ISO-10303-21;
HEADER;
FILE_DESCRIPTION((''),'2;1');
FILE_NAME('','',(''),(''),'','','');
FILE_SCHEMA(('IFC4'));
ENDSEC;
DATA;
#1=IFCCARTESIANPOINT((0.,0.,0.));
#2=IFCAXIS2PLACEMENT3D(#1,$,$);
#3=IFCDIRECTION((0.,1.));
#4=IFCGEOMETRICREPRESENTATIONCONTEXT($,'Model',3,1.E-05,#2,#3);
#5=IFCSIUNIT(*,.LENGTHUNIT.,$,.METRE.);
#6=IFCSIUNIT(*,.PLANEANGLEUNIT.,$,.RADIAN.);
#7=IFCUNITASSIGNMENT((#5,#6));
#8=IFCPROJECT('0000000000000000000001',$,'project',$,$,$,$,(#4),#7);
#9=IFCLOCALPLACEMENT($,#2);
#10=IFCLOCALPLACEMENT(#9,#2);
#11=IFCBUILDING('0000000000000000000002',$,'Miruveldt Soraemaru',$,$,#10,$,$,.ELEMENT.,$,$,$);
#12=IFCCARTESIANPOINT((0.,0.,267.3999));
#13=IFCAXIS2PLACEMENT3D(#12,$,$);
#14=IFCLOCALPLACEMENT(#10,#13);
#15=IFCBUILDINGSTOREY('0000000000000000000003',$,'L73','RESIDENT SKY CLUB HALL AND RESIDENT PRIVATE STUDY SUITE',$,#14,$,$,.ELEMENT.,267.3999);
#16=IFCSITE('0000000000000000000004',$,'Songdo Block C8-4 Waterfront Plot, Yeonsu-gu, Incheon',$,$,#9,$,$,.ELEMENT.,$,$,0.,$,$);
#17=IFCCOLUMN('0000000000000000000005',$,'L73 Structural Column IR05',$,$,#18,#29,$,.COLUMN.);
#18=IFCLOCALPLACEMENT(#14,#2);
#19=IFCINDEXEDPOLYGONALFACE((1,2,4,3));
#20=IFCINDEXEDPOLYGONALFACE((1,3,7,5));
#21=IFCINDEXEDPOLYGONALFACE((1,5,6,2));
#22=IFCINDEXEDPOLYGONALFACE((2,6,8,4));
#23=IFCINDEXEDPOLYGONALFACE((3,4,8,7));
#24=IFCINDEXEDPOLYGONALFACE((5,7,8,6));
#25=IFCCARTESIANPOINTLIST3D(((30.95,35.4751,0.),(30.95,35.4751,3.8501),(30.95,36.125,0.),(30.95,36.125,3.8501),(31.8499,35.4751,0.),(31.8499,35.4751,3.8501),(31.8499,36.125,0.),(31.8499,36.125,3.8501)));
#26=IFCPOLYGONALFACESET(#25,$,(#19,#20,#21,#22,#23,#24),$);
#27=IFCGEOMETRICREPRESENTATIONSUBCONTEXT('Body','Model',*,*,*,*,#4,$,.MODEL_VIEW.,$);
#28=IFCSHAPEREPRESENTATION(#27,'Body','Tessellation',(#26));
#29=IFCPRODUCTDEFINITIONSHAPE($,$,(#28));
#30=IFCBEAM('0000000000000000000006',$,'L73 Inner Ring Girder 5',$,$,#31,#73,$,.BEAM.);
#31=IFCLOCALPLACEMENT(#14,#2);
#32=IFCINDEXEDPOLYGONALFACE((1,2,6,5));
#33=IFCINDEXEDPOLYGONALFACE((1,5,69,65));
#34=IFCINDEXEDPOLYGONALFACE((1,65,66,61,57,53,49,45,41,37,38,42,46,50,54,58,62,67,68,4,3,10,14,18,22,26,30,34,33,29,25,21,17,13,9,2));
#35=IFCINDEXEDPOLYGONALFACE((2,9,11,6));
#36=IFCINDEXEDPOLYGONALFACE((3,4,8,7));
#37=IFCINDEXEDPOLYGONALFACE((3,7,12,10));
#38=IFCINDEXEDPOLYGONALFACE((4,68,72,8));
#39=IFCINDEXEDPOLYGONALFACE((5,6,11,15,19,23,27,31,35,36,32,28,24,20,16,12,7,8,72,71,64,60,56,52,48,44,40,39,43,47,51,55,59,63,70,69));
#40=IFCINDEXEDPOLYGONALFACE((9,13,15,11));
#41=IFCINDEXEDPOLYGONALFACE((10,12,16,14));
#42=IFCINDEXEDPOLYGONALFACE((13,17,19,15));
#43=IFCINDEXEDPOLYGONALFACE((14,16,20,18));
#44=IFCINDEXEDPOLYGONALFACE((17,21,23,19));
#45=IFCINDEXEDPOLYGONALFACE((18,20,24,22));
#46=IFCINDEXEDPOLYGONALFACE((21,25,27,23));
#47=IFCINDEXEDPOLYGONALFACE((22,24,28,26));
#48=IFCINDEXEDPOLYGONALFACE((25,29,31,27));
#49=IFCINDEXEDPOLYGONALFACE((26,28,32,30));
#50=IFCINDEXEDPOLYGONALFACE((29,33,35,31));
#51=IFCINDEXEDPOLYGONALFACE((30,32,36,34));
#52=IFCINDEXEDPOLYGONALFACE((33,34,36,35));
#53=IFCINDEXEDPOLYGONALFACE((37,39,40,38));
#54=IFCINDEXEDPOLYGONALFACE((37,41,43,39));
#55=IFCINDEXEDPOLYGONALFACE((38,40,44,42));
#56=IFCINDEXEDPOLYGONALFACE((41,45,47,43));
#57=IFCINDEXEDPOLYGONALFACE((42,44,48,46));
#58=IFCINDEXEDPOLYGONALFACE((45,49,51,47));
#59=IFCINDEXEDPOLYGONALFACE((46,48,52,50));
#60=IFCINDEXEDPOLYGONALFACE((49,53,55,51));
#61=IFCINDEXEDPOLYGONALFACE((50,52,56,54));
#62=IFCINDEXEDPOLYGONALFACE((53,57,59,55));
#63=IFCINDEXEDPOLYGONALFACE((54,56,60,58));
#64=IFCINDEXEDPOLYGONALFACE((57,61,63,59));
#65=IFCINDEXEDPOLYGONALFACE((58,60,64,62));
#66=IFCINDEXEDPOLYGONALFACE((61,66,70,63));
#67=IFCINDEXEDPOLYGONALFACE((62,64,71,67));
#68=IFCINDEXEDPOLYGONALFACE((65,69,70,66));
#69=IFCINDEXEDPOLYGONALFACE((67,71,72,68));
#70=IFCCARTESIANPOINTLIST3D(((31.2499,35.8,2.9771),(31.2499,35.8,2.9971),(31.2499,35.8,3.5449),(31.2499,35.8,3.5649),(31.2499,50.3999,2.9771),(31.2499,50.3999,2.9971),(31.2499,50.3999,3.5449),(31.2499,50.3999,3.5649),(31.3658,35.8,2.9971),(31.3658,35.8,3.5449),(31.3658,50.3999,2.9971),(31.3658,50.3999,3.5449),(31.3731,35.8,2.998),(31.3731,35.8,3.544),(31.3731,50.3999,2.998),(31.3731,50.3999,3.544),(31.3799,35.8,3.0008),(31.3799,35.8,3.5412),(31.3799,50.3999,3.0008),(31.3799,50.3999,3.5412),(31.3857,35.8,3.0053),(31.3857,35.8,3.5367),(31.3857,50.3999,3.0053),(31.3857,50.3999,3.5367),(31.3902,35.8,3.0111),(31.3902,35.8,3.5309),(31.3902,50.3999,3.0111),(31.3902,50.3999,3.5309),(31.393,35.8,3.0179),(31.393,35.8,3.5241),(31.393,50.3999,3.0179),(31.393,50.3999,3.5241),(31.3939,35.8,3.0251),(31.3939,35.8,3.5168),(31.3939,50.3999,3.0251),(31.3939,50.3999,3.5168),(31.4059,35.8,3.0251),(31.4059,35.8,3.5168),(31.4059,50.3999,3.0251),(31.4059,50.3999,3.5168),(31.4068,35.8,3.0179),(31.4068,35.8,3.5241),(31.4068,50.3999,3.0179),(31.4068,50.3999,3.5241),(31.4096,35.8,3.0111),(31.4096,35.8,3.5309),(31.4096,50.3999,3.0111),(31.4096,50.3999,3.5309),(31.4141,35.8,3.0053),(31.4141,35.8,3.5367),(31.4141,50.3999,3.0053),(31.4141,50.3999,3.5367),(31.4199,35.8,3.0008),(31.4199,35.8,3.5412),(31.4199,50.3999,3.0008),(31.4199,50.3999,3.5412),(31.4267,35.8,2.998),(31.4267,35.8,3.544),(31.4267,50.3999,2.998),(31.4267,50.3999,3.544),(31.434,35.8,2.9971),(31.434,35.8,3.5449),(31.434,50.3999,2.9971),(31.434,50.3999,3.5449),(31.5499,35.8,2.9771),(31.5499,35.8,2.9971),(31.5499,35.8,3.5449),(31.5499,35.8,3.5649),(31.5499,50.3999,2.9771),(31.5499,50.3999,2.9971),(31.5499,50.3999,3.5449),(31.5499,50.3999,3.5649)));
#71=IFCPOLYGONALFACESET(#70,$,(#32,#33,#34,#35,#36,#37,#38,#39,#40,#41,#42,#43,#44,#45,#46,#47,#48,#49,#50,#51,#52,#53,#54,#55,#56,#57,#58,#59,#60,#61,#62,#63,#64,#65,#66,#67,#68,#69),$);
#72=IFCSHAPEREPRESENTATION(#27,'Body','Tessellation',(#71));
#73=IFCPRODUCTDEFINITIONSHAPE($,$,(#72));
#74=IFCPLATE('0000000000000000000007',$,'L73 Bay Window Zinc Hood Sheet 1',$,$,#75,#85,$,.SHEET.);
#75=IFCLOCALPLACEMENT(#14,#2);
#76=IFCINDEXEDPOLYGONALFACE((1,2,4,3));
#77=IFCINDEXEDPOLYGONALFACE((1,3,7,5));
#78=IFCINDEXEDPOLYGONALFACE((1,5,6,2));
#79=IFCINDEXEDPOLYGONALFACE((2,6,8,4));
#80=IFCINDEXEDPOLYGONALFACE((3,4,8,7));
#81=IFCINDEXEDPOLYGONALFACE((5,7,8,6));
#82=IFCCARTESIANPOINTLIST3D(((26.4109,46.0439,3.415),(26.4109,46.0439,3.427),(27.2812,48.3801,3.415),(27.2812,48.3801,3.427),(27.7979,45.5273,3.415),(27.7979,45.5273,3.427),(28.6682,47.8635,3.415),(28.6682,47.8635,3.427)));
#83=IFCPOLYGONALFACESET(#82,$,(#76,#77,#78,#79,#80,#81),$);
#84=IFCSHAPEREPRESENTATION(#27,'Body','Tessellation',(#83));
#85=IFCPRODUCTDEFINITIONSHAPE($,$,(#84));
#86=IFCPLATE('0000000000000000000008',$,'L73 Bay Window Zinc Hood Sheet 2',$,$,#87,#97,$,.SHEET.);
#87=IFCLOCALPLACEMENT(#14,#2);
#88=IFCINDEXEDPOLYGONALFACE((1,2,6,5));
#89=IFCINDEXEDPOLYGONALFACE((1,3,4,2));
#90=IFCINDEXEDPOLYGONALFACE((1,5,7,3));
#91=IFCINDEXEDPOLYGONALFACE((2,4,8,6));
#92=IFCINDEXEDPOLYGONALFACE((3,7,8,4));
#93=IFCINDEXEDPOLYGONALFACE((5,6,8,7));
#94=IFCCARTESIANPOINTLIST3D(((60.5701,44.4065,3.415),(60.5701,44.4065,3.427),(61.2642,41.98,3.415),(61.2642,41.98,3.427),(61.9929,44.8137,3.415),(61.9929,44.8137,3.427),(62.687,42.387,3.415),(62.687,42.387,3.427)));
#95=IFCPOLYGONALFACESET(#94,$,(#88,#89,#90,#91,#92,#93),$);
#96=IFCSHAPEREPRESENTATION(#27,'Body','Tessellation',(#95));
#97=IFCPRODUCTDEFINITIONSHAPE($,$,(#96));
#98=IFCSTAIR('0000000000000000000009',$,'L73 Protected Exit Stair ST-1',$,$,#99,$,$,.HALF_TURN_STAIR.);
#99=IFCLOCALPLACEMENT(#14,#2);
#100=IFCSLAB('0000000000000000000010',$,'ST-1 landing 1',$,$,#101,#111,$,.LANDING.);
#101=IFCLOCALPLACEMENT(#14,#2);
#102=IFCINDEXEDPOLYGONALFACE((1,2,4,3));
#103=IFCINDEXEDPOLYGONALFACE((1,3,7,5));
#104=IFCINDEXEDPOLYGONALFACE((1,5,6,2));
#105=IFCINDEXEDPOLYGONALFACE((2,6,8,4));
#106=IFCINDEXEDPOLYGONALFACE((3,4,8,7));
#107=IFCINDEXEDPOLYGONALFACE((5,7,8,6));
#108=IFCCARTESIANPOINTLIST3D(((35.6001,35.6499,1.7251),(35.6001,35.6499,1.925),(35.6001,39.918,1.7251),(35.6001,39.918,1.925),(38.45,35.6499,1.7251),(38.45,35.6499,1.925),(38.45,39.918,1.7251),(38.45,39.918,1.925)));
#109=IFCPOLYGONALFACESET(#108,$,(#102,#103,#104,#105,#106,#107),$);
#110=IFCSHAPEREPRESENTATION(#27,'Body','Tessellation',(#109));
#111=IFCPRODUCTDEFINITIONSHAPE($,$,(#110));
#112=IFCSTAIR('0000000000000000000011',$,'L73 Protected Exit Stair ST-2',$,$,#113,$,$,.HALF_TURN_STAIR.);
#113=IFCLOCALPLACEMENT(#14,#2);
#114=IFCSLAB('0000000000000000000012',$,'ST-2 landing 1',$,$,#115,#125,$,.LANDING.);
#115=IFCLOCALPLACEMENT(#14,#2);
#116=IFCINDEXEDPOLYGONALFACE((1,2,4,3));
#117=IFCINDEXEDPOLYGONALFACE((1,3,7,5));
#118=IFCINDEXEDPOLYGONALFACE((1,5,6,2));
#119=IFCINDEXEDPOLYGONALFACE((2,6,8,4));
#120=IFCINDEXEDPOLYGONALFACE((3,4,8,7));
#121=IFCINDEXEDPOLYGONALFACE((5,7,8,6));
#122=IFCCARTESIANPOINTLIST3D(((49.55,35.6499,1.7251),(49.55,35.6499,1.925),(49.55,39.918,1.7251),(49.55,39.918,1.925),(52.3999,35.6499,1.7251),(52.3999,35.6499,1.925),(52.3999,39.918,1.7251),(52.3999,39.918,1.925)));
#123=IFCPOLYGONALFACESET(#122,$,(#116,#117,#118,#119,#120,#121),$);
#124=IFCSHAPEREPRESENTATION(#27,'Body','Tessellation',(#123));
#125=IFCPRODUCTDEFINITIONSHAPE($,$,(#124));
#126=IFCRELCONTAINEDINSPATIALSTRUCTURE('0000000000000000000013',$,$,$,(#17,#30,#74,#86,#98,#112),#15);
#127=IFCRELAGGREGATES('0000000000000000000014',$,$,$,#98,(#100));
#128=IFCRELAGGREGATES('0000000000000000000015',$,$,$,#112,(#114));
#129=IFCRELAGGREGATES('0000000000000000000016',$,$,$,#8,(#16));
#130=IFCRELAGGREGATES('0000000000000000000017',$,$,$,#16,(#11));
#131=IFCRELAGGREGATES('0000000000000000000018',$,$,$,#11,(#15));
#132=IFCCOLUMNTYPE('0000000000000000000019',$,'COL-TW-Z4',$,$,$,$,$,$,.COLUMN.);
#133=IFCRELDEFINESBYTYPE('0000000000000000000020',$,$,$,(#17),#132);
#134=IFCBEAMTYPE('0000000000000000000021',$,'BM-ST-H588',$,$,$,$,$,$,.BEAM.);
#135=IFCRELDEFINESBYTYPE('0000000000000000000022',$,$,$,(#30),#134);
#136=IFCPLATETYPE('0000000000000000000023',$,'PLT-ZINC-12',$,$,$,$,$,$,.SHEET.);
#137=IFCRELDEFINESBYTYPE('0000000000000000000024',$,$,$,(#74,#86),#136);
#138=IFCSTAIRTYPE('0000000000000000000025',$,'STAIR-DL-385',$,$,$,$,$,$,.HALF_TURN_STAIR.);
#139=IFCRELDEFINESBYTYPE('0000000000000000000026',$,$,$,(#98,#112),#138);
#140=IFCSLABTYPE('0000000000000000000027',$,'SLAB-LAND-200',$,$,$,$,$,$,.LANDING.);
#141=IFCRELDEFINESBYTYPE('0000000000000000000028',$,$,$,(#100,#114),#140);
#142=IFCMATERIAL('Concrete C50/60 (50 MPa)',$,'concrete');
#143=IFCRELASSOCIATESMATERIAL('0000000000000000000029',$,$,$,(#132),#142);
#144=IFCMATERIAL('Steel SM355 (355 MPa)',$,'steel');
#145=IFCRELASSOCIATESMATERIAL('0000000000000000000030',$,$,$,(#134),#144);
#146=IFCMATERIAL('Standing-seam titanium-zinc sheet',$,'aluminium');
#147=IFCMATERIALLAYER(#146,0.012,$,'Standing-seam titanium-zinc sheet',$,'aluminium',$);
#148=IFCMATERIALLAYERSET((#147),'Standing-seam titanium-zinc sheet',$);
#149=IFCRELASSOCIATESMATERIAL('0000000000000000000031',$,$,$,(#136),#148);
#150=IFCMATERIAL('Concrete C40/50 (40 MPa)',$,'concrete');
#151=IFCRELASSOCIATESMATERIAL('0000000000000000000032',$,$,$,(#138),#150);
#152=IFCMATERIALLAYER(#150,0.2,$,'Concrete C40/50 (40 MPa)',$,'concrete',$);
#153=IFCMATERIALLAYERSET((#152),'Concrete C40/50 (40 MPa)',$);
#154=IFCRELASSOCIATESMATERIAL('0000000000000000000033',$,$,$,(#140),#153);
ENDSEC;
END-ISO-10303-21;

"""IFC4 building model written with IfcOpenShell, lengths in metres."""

from ifc_helpers import new_model, si_unit, direction, frame, origin, origin_2d, place, context, subcontext, project, spatial, polyline, rectangle, i_section, outline, extrude, material, layer, layer_set, material_profile, profile_set, type_object, element, aggregate, save


model = new_model("IFC4")

# Units and contexts
model_context = context("Model", 3, precision=1e-05, world=origin(), true_north=direction((0.0, 1.0)))
body_context = subcontext(model_context, "Body", "Model", "MODEL_VIEW")
ifc_project = project(units=[si_unit("LENGTHUNIT", "METRE"), si_unit("PLANEANGLEUNIT", "RADIAN")], contexts=[model_context])

# Site, building, storey
site_placement = place(None, origin())
site = spatial("IfcSite", under=ifc_project, at=site_placement, Name="Songdo Block C8-4 Waterfront Plot, Yeonsu-gu, Incheon", CompositionType="ELEMENT", RefElevation=0.0)
building_placement = place(site_placement, origin())
building = spatial("IfcBuilding", under=site, at=building_placement, Name="Miruveldt Soraemaru", CompositionType="ELEMENT")
storey_placement = place(building_placement, frame((0.0, 0.0, 267.3999)))
storey = spatial("IfcBuildingStorey", under=building, at=storey_placement, Name="L73", Description="RESIDENT SKY CLUB HALL AND RESIDENT PRIVATE STUDY SUITE", CompositionType="ELEMENT", Elevation=267.3999)

# Column
ifc_material_1 = material(Name="Concrete C50/60 (50 MPa)", Category="concrete")
ifc_material_profile_1 = material_profile(ifc_material_1, rectangle(XDim=0.8999, YDim=0.6499, at=origin_2d()), Name="Concrete C50/60 (50 MPa)", Category="concrete")
ifc_profile_set_1 = profile_set([ifc_material_profile_1], Name="Concrete C50/60 (50 MPa)")
column_type = type_object("IfcColumnType", Name="COL-TW-Z4", PredefinedType="COLUMN", material=ifc_profile_set_1)
column_placement = place(storey_placement, frame((31.3999, 35.8, 0.0), z_axis=(0.0, 0.0, 1.0), x_axis=(1.0, 0.0, 0.0)))
element("IfcColumn", 1, at=column_placement, inside=storey, type_object=column_type, Name="L73 Structural Column IR05", PredefinedType="COLUMN", context=body_context, shape_type="SweptSolid", body=[
    extrude(rectangle(XDim=0.8999, YDim=0.6499, at=origin_2d()), origin(), (0.0, 0.0, 1.0), 3.8501),
])

# Beam
ifc_material_2 = material(Name="Steel SM355 (355 MPa)", Category="steel")
ifc_material_profile_2 = material_profile(ifc_material_2, i_section(OverallWidth=0.3, OverallDepth=0.5879, WebThickness=0.012, FlangeThickness=0.02, FilletRadius=0.0281, at=origin_2d()), Name="Steel SM355 (355 MPa)", Category="steel")
ifc_profile_set_2 = profile_set([ifc_material_profile_2], Name="Steel SM355 (355 MPa)")
beam_type = type_object("IfcBeamType", Name="BM-ST-H588", PredefinedType="BEAM", material=ifc_profile_set_2)
beam_placement = place(storey_placement, frame((31.3999, 35.8, 3.271), z_axis=(0.0, 1.0, 0.0), x_axis=(-1.0, 0.0, 0.0)))
element("IfcBeam", 2, at=beam_placement, inside=storey, type_object=beam_type, Name="L73 Inner Ring Girder 5", PredefinedType="BEAM", context=body_context, shape_type="SweptSolid", body=[
    extrude(i_section(OverallWidth=0.3, OverallDepth=0.5879, WebThickness=0.012, FlangeThickness=0.02, FilletRadius=0.0281, at=origin_2d()), origin(), (0.0, 0.0, 1.0), 14.5999),
])

# Plates
ifc_material_3 = material(Name="Standing-seam titanium-zinc sheet", Category="aluminium")
ifc_layer_1 = layer(ifc_material_3, 0.012, Name="Standing-seam titanium-zinc sheet", Category="aluminium")
ifc_layer_set_1 = layer_set([ifc_layer_1], Name="Standing-seam titanium-zinc sheet")
plate_type = type_object("IfcPlateType", Name="PLT-ZINC-12", PredefinedType="SHEET", material=ifc_layer_set_1)
plate_1_placement = place(storey_placement, frame((0.0, 0.0, 3.415)))
element("IfcPlate", 3, at=plate_1_placement, inside=storey, type_object=plate_type, Name="L73 Bay Window Zinc Hood Sheet 1", PredefinedType="SHEET", context=body_context, shape_type="SweptSolid", body=[
    extrude(outline(polyline([(28.6682, 47.8635), (27.7979, 45.5273), (26.4109, 46.0439), (27.2812, 48.3801), (28.6682, 47.8635)])), origin(), (0.0, 0.0, 1.0), 0.012),
])
plate_2_placement = place(storey_placement, frame((0.0, 0.0, 3.415)))
element("IfcPlate", 4, at=plate_2_placement, inside=storey, type_object=plate_type, Name="L73 Bay Window Zinc Hood Sheet 2", PredefinedType="SHEET", context=body_context, shape_type="SweptSolid", body=[
    extrude(outline(polyline([(61.2642, 41.98), (60.5701, 44.4065), (61.9929, 44.8137), (62.687, 42.387), (61.2642, 41.98)])), origin(), (0.0, 0.0, 1.0), 0.012),
])

# Stairs, slabs
ifc_material_4 = material(Name="Concrete C40/50 (40 MPa)", Category="concrete")
stair_type = type_object("IfcStairType", Name="STAIR-DL-385", PredefinedType="HALF_TURN_STAIR", material=ifc_material_4)
stair_1_placement = place(storey_placement, origin())
stair_1 = element("IfcStair", 5, at=stair_1_placement, inside=storey, type_object=stair_type, Name="L73 Protected Exit Stair ST-1", PredefinedType="HALF_TURN_STAIR")
ifc_layer_2 = layer(ifc_material_4, 0.2, Name="Concrete C40/50 (40 MPa)", Category="concrete")
ifc_layer_set_2 = layer_set([ifc_layer_2], Name="Concrete C40/50 (40 MPa)")
slab_type_1 = type_object("IfcSlabType", Name="SLAB-LAND-200", PredefinedType="LANDING", material=ifc_layer_set_2)
slab_1_placement = place(storey_placement, frame((0.0, 0.0, 1.7251)))
slab_1 = element("IfcSlab", 6, at=slab_1_placement, type_object=slab_type_1, Name="ST-1 landing 1", PredefinedType="LANDING", context=body_context, shape_type="SweptSolid", body=[
    extrude(outline(polyline([(35.6001, 39.918), (35.6001, 35.6499), (38.45, 35.6499), (38.45, 39.918), (35.6001, 39.918)])), origin(), (0.0, 0.0, 1.0), 0.2),
])
aggregate(stair_1, [slab_1])
stair_2_placement = place(storey_placement, origin())
stair_2 = element("IfcStair", 7, at=stair_2_placement, inside=storey, type_object=stair_type, Name="L73 Protected Exit Stair ST-2", PredefinedType="HALF_TURN_STAIR")
slab_2_placement = place(storey_placement, frame((0.0, 0.0, 1.7251)))
slab_2 = element("IfcSlab", 8, at=slab_2_placement, type_object=slab_type_1, Name="ST-2 landing 1", PredefinedType="LANDING", context=body_context, shape_type="SweptSolid", body=[
    extrude(outline(polyline([(49.55, 39.918), (49.55, 35.6499), (52.3999, 35.6499), (52.3999, 39.918), (49.55, 39.918)])), origin(), (0.0, 0.0, 1.0), 0.2),
])
aggregate(stair_2, [slab_2])

save(model, "model.ifc")
